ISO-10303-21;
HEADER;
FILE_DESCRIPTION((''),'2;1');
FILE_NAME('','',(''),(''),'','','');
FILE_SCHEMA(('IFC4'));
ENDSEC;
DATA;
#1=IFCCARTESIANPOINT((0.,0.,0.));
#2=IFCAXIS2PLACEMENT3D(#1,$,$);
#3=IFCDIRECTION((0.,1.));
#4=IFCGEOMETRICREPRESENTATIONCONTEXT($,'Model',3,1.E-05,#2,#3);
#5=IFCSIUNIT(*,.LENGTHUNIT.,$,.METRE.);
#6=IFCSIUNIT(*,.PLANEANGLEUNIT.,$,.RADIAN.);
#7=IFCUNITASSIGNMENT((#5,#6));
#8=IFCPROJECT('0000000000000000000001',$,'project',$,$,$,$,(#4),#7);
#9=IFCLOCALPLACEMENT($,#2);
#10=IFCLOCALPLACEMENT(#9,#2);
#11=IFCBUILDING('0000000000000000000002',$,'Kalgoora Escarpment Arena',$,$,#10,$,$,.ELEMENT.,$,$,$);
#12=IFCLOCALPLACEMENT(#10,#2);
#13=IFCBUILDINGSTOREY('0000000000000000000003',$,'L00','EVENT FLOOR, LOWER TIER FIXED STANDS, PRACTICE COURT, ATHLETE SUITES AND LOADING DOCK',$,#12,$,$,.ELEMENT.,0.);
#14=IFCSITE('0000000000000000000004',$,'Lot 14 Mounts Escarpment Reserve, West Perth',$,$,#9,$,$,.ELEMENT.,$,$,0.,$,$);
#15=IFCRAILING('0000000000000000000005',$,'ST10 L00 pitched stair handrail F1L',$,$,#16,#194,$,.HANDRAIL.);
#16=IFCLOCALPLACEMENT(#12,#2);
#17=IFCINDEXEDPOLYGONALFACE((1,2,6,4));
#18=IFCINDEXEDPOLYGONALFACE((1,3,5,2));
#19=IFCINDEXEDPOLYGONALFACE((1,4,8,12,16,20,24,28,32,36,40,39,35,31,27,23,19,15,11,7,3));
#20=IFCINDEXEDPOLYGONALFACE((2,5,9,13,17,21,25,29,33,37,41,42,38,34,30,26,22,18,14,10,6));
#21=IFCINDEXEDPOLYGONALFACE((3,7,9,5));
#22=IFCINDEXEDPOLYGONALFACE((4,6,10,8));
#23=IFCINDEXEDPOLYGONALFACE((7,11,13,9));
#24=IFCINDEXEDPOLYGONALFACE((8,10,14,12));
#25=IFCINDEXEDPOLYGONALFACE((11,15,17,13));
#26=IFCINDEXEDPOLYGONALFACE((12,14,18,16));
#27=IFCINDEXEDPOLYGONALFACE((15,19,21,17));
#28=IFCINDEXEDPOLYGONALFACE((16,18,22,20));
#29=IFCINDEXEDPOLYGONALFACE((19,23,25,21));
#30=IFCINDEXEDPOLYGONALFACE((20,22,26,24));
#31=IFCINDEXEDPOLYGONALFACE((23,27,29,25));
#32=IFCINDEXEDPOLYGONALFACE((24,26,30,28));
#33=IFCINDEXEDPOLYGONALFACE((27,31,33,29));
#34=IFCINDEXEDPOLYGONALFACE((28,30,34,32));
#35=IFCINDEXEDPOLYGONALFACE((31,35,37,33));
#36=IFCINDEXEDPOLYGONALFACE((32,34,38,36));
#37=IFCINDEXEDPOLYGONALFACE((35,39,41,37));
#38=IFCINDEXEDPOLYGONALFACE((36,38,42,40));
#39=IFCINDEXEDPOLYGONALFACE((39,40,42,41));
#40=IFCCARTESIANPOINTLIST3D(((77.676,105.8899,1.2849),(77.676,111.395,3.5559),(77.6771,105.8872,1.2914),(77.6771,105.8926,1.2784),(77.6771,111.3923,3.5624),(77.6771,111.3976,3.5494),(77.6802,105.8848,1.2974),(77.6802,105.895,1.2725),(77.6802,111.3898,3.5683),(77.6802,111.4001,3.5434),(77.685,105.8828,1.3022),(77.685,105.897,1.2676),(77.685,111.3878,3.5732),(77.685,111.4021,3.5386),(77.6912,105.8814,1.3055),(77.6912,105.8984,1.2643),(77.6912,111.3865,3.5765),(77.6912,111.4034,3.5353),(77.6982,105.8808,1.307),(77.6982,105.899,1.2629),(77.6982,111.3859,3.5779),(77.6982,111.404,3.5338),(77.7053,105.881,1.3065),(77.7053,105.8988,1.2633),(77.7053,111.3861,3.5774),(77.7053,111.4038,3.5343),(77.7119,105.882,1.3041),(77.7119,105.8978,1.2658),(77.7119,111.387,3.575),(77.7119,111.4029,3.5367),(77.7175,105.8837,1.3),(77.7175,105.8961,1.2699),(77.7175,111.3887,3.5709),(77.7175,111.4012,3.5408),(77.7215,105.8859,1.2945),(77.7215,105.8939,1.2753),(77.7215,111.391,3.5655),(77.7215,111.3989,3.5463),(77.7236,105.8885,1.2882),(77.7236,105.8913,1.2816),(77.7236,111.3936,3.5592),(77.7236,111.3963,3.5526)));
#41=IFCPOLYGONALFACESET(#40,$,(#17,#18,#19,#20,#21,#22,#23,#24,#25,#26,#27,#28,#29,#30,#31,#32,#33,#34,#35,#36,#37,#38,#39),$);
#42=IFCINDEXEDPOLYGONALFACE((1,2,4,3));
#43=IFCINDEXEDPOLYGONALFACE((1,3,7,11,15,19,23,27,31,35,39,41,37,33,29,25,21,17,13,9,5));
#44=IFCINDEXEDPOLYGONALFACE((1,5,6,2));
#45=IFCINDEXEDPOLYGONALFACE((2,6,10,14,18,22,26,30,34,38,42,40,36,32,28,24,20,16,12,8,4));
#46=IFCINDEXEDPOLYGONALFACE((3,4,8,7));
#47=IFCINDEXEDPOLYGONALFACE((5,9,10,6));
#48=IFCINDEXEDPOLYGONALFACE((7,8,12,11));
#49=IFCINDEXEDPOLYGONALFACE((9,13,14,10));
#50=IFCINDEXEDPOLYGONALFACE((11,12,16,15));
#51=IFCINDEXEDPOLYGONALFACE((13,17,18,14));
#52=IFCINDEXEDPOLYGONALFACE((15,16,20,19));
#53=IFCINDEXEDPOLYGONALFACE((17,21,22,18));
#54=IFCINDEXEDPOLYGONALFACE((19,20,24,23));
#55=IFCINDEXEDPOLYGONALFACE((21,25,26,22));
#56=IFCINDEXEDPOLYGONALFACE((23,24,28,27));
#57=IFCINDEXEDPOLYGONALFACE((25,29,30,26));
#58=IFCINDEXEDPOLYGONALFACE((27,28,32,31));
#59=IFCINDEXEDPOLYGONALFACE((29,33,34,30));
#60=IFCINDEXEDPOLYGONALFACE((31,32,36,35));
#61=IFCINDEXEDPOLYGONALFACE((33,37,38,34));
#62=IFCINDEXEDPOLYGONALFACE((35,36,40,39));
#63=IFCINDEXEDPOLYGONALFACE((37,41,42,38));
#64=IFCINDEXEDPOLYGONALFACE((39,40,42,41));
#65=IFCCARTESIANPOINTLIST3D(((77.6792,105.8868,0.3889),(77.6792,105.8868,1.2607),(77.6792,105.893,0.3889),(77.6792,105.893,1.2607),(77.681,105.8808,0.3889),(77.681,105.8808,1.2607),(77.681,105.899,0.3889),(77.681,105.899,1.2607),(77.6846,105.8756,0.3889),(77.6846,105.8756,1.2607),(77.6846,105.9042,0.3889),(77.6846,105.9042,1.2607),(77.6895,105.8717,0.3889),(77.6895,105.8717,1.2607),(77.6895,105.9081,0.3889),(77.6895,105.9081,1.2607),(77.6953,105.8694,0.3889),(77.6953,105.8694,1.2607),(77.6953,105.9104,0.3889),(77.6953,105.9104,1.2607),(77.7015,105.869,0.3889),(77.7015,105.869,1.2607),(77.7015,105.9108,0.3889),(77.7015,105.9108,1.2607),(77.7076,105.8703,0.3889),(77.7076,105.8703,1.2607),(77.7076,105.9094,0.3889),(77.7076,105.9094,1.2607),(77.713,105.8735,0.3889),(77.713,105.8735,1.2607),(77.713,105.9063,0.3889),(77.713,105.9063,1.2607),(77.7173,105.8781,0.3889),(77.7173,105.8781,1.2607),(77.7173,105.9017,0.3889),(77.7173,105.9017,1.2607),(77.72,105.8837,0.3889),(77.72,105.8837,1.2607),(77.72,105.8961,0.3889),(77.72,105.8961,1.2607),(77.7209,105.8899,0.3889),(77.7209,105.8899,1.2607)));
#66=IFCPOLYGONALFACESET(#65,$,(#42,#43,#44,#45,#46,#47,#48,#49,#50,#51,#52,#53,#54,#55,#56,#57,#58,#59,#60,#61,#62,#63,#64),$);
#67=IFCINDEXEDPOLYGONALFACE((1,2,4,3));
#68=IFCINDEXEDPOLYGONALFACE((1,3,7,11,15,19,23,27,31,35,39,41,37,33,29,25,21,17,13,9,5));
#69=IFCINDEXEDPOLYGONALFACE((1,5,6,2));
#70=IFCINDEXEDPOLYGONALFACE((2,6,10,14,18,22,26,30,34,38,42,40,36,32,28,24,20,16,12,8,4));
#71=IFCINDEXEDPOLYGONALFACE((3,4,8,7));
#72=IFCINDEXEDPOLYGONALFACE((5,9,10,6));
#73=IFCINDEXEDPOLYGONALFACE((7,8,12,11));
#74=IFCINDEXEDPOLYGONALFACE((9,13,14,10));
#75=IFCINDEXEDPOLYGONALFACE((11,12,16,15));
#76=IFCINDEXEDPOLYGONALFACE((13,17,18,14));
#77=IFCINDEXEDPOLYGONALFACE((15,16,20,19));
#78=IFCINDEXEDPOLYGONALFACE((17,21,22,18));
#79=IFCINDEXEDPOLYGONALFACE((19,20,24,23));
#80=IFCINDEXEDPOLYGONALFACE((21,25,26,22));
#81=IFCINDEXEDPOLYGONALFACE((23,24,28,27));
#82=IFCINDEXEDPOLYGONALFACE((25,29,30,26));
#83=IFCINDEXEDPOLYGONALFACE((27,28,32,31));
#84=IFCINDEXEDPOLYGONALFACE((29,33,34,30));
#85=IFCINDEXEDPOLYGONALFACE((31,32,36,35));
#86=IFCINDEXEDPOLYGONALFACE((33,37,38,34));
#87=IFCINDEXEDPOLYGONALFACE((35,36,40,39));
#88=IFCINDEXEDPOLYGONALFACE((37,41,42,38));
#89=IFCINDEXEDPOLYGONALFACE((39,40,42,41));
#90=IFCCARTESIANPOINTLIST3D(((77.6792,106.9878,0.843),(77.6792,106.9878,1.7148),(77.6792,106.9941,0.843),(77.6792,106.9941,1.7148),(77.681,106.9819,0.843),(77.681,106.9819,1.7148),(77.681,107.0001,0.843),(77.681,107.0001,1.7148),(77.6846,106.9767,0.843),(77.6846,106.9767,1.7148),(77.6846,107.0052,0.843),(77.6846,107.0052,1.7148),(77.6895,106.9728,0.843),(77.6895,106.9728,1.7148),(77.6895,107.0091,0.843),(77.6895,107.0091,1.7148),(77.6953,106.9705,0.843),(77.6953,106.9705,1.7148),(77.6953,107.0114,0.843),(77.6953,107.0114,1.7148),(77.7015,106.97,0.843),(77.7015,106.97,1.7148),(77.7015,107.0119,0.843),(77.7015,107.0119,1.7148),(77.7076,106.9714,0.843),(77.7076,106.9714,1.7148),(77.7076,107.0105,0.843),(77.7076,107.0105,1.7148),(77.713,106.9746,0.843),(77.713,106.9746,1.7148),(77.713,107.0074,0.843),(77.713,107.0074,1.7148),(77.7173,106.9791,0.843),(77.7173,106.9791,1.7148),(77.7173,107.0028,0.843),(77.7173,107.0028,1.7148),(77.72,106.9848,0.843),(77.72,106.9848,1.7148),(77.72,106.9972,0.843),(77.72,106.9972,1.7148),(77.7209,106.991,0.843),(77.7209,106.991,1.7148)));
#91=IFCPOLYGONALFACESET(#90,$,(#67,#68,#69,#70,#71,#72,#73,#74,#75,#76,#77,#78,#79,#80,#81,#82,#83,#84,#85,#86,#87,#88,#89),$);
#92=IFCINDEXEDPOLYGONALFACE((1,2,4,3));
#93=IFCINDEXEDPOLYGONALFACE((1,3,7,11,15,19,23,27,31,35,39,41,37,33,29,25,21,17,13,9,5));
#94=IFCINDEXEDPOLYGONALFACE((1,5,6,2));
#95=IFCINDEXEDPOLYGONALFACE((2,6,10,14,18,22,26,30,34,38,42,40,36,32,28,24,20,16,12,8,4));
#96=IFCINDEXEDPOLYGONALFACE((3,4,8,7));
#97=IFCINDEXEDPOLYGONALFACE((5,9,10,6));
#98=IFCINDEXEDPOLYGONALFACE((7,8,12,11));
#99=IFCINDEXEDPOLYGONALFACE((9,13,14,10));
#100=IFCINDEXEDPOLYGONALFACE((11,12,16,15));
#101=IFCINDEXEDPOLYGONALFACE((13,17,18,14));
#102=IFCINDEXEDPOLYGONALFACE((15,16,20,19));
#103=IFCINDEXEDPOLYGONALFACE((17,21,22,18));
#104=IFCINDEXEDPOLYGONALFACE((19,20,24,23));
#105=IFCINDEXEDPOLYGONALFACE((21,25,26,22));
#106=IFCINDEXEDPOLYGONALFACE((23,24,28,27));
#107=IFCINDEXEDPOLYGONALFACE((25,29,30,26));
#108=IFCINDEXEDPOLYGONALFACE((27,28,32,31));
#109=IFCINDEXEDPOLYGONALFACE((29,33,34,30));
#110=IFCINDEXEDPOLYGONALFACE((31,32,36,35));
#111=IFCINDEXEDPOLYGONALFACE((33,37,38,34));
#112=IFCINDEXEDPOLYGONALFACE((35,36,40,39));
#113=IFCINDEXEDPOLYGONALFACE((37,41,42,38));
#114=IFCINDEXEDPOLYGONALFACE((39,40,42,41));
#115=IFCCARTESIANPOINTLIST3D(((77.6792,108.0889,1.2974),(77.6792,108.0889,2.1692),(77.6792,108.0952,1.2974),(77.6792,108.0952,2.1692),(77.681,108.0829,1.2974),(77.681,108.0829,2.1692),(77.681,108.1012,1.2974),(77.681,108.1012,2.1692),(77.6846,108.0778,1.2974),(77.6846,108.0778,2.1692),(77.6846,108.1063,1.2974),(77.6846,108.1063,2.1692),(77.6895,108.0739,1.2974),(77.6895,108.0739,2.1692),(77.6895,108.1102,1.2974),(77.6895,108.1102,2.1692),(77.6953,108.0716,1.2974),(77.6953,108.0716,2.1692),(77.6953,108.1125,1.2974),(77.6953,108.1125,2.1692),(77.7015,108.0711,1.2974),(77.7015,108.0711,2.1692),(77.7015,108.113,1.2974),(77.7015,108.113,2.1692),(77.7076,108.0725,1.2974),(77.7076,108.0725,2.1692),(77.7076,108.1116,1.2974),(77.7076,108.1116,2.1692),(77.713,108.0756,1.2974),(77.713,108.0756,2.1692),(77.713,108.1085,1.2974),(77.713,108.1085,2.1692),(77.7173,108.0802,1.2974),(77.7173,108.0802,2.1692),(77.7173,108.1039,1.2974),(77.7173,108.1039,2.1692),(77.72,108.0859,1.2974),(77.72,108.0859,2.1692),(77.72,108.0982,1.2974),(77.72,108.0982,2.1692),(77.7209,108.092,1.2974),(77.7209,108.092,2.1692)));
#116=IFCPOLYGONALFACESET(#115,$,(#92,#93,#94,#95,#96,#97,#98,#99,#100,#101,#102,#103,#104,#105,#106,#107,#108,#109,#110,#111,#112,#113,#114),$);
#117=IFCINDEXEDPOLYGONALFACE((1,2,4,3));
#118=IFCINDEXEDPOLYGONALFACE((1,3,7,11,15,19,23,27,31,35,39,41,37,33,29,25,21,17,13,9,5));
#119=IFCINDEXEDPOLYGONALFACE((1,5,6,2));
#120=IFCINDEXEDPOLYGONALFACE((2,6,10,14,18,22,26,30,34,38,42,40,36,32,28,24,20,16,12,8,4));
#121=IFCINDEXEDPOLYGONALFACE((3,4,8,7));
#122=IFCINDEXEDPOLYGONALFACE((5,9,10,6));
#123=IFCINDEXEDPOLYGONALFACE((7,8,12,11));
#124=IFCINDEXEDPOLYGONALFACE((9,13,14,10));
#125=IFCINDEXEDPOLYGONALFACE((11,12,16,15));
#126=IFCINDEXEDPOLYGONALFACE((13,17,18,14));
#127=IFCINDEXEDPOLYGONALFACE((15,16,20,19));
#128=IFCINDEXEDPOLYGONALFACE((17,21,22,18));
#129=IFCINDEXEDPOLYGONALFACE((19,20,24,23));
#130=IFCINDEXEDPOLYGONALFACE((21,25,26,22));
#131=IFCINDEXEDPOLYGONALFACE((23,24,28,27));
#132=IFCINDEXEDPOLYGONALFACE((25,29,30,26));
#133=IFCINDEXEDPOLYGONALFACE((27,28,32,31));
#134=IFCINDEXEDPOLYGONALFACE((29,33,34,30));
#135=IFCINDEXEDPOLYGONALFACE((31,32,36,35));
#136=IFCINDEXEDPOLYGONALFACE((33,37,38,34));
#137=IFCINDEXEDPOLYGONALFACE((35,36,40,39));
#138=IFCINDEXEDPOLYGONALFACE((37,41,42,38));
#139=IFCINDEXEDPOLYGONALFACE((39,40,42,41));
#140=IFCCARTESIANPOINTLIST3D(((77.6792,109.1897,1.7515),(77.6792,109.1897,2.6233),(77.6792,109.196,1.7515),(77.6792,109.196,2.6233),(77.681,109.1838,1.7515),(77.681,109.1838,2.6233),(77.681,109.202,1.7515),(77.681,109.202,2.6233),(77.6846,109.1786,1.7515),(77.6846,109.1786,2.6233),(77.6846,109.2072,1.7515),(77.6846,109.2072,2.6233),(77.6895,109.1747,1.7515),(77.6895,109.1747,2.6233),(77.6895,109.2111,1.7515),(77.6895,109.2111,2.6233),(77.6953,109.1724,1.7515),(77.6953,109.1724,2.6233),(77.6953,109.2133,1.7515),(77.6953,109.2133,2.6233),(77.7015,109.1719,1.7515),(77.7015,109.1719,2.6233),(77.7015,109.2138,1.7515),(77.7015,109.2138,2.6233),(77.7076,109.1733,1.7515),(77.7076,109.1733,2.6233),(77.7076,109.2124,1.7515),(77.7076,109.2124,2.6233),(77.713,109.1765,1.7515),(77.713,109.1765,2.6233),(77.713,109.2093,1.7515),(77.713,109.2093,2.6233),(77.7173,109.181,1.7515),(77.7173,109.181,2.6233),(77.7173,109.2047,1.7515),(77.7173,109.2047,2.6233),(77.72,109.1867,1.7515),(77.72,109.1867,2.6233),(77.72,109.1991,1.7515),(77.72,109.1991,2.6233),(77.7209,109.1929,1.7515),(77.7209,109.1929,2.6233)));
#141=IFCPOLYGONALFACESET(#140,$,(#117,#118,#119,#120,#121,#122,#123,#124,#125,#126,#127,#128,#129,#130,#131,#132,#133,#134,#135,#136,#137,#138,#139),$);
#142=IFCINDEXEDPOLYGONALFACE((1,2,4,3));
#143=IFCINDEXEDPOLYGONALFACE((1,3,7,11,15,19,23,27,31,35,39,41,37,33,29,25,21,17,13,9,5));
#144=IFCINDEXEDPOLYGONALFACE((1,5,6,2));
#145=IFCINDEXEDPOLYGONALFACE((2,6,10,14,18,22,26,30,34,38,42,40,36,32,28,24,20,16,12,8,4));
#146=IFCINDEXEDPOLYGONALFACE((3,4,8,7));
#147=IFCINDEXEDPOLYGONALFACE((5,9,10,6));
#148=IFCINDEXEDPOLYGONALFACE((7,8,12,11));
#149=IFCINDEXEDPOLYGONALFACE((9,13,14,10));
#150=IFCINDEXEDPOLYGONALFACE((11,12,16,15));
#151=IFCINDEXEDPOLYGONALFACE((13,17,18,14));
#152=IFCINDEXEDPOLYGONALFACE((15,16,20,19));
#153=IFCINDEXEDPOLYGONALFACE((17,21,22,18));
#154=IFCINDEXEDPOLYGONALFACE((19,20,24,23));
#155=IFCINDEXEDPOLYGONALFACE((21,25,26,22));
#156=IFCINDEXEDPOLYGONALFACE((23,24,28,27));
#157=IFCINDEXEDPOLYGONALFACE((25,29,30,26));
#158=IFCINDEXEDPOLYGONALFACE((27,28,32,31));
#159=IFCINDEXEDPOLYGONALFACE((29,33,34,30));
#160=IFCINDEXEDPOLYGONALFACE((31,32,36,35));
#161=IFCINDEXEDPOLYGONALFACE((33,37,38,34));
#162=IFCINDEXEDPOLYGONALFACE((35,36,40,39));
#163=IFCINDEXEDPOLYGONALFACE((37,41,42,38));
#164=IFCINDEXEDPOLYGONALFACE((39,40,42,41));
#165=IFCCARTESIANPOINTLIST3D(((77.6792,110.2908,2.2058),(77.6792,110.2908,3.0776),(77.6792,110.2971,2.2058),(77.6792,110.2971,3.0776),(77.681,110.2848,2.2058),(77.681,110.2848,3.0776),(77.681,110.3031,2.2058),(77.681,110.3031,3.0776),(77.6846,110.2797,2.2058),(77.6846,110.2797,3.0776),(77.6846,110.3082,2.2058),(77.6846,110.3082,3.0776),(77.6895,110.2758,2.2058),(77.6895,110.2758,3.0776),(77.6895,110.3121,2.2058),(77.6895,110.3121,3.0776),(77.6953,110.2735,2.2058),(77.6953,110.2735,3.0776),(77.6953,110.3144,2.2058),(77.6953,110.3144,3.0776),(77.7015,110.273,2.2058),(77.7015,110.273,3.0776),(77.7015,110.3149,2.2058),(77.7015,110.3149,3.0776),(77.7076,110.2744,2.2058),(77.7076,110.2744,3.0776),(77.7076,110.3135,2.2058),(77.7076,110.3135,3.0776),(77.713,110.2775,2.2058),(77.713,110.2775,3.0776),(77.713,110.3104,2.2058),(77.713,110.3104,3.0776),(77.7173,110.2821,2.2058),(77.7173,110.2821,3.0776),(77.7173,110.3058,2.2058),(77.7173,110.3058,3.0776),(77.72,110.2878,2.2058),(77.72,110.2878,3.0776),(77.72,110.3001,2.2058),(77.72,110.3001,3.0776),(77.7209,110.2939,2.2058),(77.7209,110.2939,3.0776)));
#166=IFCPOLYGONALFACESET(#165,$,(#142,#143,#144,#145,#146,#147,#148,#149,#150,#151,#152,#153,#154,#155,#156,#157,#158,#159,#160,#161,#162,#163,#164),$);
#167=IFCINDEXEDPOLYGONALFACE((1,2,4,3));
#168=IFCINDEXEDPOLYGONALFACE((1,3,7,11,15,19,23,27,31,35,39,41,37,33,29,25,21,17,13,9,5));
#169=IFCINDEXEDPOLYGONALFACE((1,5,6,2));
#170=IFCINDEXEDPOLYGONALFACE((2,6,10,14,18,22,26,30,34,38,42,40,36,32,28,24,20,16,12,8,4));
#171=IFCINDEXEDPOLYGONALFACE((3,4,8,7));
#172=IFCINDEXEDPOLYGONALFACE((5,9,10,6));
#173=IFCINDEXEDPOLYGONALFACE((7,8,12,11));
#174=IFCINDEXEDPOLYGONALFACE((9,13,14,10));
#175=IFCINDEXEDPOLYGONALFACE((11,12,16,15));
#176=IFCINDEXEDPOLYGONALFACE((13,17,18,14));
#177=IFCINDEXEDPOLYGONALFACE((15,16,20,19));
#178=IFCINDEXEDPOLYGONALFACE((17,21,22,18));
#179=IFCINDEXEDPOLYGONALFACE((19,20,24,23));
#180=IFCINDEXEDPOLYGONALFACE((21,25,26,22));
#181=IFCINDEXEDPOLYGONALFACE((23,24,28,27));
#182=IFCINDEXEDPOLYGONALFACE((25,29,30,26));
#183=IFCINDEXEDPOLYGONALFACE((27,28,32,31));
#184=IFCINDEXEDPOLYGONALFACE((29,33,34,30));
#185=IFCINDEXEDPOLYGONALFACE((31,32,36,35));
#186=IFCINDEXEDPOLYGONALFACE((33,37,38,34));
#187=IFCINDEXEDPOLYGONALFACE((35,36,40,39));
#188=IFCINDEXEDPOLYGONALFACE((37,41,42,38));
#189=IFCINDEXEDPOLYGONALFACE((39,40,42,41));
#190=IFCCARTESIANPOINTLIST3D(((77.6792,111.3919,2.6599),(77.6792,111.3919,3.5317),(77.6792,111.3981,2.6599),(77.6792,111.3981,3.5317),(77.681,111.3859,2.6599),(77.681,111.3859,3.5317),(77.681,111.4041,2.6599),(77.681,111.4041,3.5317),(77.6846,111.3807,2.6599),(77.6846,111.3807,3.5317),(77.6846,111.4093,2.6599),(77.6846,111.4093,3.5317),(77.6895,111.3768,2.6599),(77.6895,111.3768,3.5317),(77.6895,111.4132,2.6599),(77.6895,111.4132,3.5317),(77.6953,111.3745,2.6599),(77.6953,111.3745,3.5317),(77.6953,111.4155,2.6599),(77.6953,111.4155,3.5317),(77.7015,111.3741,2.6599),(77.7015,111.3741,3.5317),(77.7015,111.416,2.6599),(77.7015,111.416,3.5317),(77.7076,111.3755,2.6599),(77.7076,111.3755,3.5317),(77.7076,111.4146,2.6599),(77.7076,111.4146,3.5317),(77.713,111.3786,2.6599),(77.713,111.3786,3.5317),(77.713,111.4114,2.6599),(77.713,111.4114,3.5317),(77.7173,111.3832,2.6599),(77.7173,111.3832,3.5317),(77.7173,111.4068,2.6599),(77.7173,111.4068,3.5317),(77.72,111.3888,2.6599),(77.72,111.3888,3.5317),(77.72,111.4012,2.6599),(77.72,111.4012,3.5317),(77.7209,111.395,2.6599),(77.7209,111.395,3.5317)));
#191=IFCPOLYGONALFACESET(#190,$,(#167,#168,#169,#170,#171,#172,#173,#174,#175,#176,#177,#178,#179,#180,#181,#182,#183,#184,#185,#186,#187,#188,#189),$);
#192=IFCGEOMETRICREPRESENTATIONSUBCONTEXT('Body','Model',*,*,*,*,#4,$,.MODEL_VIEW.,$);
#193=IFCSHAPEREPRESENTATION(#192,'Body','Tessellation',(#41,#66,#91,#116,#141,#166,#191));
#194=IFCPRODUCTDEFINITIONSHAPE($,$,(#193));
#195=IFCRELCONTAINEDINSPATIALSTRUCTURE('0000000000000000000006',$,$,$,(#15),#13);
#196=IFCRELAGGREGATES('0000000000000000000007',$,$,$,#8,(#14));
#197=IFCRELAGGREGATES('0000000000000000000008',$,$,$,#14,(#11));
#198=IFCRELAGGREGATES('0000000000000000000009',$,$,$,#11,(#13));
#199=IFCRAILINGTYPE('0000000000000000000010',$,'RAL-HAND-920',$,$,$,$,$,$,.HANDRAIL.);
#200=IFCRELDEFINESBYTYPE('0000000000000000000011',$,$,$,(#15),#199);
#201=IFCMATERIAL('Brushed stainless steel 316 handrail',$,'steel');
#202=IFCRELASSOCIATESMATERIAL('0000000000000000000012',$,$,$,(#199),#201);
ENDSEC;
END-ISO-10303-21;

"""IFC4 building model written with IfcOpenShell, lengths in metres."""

from ifc_helpers import new_model, si_unit, direction, frame, origin, origin_2d, place, context, subcontext, project, spatial, circle, extrude, material, type_object, element, save


model = new_model("IFC4")

# Units and contexts
model_context = context("Model", 3, precision=1e-05, world=origin(), true_north=direction((0.0, 1.0)))
body_context = subcontext(model_context, "Body", "Model", "MODEL_VIEW")
ifc_project = project(units=[si_unit("LENGTHUNIT", "METRE"), si_unit("PLANEANGLEUNIT", "RADIAN")], contexts=[model_context])

# Site, building, storey
site_placement = place(None, origin())
site = spatial("IfcSite", under=ifc_project, at=site_placement, Name="Lot 14 Mounts Escarpment Reserve, West Perth", CompositionType="ELEMENT", RefElevation=0.0)
building_placement = place(site_placement, origin())
building = spatial("IfcBuilding", under=site, at=building_placement, Name="Kalgoora Escarpment Arena", CompositionType="ELEMENT")
storey_placement = place(building_placement, origin())
storey = spatial("IfcBuildingStorey", under=building, at=storey_placement, Name="L00", Description="EVENT FLOOR, LOWER TIER FIXED STANDS, PRACTICE COURT, ATHLETE SUITES AND LOADING DOCK", CompositionType="ELEMENT", Elevation=0.0)

# Railing
ifc_material_1 = material(Name="Brushed stainless steel 316 handrail", Category="steel")
railing_type = type_object("IfcRailingType", Name="RAL-HAND-920", PredefinedType="HANDRAIL", material=ifc_material_1)
for number, where, name in (
    (1, (77.7, 105.8899, 0.3889), "ST10 L00 pitched stair handrail F1L"),
):
    element("IfcRailing", number, at=place(storey_placement, frame(where)), inside=storey, type_object=railing_type, Name=name, PredefinedType="HANDRAIL", context=body_context, shape_type="SweptSolid", body=[
        extrude(circle(Radius=0.0239, at=origin_2d()), frame((0.0, 0.0, 0.896), z_axis=(0.0, 0.924431, 0.38135), x_axis=(-1.0, 0.0, 0.0)), (0.0, 0.0, 1.0), 5.9551),
        extrude(circle(Radius=0.021, at=origin_2d()), origin(), (0.0, 0.0, 1.0), 0.8718),
        extrude(circle(Radius=0.021, at=origin_2d()), frame((0.0, 1.1011, 0.4541)), (0.0, 0.0, 1.0), 0.8718),
        extrude(circle(Radius=0.021, at=origin_2d()), frame((0.0, 2.2021, 0.9084)), (0.0, 0.0, 1.0), 0.8718),
        extrude(circle(Radius=0.021, at=origin_2d()), frame((0.0, 3.303, 1.3625)), (0.0, 0.0, 1.0), 0.8718),
        extrude(circle(Radius=0.021, at=origin_2d()), frame((0.0, 4.4041, 1.8169)), (0.0, 0.0, 1.0), 0.8718),
        extrude(circle(Radius=0.021, at=origin_2d()), frame((0.0, 5.5051, 2.271)), (0.0, 0.0, 1.0), 0.8718),
    ])

save(model, "model.ifc")
